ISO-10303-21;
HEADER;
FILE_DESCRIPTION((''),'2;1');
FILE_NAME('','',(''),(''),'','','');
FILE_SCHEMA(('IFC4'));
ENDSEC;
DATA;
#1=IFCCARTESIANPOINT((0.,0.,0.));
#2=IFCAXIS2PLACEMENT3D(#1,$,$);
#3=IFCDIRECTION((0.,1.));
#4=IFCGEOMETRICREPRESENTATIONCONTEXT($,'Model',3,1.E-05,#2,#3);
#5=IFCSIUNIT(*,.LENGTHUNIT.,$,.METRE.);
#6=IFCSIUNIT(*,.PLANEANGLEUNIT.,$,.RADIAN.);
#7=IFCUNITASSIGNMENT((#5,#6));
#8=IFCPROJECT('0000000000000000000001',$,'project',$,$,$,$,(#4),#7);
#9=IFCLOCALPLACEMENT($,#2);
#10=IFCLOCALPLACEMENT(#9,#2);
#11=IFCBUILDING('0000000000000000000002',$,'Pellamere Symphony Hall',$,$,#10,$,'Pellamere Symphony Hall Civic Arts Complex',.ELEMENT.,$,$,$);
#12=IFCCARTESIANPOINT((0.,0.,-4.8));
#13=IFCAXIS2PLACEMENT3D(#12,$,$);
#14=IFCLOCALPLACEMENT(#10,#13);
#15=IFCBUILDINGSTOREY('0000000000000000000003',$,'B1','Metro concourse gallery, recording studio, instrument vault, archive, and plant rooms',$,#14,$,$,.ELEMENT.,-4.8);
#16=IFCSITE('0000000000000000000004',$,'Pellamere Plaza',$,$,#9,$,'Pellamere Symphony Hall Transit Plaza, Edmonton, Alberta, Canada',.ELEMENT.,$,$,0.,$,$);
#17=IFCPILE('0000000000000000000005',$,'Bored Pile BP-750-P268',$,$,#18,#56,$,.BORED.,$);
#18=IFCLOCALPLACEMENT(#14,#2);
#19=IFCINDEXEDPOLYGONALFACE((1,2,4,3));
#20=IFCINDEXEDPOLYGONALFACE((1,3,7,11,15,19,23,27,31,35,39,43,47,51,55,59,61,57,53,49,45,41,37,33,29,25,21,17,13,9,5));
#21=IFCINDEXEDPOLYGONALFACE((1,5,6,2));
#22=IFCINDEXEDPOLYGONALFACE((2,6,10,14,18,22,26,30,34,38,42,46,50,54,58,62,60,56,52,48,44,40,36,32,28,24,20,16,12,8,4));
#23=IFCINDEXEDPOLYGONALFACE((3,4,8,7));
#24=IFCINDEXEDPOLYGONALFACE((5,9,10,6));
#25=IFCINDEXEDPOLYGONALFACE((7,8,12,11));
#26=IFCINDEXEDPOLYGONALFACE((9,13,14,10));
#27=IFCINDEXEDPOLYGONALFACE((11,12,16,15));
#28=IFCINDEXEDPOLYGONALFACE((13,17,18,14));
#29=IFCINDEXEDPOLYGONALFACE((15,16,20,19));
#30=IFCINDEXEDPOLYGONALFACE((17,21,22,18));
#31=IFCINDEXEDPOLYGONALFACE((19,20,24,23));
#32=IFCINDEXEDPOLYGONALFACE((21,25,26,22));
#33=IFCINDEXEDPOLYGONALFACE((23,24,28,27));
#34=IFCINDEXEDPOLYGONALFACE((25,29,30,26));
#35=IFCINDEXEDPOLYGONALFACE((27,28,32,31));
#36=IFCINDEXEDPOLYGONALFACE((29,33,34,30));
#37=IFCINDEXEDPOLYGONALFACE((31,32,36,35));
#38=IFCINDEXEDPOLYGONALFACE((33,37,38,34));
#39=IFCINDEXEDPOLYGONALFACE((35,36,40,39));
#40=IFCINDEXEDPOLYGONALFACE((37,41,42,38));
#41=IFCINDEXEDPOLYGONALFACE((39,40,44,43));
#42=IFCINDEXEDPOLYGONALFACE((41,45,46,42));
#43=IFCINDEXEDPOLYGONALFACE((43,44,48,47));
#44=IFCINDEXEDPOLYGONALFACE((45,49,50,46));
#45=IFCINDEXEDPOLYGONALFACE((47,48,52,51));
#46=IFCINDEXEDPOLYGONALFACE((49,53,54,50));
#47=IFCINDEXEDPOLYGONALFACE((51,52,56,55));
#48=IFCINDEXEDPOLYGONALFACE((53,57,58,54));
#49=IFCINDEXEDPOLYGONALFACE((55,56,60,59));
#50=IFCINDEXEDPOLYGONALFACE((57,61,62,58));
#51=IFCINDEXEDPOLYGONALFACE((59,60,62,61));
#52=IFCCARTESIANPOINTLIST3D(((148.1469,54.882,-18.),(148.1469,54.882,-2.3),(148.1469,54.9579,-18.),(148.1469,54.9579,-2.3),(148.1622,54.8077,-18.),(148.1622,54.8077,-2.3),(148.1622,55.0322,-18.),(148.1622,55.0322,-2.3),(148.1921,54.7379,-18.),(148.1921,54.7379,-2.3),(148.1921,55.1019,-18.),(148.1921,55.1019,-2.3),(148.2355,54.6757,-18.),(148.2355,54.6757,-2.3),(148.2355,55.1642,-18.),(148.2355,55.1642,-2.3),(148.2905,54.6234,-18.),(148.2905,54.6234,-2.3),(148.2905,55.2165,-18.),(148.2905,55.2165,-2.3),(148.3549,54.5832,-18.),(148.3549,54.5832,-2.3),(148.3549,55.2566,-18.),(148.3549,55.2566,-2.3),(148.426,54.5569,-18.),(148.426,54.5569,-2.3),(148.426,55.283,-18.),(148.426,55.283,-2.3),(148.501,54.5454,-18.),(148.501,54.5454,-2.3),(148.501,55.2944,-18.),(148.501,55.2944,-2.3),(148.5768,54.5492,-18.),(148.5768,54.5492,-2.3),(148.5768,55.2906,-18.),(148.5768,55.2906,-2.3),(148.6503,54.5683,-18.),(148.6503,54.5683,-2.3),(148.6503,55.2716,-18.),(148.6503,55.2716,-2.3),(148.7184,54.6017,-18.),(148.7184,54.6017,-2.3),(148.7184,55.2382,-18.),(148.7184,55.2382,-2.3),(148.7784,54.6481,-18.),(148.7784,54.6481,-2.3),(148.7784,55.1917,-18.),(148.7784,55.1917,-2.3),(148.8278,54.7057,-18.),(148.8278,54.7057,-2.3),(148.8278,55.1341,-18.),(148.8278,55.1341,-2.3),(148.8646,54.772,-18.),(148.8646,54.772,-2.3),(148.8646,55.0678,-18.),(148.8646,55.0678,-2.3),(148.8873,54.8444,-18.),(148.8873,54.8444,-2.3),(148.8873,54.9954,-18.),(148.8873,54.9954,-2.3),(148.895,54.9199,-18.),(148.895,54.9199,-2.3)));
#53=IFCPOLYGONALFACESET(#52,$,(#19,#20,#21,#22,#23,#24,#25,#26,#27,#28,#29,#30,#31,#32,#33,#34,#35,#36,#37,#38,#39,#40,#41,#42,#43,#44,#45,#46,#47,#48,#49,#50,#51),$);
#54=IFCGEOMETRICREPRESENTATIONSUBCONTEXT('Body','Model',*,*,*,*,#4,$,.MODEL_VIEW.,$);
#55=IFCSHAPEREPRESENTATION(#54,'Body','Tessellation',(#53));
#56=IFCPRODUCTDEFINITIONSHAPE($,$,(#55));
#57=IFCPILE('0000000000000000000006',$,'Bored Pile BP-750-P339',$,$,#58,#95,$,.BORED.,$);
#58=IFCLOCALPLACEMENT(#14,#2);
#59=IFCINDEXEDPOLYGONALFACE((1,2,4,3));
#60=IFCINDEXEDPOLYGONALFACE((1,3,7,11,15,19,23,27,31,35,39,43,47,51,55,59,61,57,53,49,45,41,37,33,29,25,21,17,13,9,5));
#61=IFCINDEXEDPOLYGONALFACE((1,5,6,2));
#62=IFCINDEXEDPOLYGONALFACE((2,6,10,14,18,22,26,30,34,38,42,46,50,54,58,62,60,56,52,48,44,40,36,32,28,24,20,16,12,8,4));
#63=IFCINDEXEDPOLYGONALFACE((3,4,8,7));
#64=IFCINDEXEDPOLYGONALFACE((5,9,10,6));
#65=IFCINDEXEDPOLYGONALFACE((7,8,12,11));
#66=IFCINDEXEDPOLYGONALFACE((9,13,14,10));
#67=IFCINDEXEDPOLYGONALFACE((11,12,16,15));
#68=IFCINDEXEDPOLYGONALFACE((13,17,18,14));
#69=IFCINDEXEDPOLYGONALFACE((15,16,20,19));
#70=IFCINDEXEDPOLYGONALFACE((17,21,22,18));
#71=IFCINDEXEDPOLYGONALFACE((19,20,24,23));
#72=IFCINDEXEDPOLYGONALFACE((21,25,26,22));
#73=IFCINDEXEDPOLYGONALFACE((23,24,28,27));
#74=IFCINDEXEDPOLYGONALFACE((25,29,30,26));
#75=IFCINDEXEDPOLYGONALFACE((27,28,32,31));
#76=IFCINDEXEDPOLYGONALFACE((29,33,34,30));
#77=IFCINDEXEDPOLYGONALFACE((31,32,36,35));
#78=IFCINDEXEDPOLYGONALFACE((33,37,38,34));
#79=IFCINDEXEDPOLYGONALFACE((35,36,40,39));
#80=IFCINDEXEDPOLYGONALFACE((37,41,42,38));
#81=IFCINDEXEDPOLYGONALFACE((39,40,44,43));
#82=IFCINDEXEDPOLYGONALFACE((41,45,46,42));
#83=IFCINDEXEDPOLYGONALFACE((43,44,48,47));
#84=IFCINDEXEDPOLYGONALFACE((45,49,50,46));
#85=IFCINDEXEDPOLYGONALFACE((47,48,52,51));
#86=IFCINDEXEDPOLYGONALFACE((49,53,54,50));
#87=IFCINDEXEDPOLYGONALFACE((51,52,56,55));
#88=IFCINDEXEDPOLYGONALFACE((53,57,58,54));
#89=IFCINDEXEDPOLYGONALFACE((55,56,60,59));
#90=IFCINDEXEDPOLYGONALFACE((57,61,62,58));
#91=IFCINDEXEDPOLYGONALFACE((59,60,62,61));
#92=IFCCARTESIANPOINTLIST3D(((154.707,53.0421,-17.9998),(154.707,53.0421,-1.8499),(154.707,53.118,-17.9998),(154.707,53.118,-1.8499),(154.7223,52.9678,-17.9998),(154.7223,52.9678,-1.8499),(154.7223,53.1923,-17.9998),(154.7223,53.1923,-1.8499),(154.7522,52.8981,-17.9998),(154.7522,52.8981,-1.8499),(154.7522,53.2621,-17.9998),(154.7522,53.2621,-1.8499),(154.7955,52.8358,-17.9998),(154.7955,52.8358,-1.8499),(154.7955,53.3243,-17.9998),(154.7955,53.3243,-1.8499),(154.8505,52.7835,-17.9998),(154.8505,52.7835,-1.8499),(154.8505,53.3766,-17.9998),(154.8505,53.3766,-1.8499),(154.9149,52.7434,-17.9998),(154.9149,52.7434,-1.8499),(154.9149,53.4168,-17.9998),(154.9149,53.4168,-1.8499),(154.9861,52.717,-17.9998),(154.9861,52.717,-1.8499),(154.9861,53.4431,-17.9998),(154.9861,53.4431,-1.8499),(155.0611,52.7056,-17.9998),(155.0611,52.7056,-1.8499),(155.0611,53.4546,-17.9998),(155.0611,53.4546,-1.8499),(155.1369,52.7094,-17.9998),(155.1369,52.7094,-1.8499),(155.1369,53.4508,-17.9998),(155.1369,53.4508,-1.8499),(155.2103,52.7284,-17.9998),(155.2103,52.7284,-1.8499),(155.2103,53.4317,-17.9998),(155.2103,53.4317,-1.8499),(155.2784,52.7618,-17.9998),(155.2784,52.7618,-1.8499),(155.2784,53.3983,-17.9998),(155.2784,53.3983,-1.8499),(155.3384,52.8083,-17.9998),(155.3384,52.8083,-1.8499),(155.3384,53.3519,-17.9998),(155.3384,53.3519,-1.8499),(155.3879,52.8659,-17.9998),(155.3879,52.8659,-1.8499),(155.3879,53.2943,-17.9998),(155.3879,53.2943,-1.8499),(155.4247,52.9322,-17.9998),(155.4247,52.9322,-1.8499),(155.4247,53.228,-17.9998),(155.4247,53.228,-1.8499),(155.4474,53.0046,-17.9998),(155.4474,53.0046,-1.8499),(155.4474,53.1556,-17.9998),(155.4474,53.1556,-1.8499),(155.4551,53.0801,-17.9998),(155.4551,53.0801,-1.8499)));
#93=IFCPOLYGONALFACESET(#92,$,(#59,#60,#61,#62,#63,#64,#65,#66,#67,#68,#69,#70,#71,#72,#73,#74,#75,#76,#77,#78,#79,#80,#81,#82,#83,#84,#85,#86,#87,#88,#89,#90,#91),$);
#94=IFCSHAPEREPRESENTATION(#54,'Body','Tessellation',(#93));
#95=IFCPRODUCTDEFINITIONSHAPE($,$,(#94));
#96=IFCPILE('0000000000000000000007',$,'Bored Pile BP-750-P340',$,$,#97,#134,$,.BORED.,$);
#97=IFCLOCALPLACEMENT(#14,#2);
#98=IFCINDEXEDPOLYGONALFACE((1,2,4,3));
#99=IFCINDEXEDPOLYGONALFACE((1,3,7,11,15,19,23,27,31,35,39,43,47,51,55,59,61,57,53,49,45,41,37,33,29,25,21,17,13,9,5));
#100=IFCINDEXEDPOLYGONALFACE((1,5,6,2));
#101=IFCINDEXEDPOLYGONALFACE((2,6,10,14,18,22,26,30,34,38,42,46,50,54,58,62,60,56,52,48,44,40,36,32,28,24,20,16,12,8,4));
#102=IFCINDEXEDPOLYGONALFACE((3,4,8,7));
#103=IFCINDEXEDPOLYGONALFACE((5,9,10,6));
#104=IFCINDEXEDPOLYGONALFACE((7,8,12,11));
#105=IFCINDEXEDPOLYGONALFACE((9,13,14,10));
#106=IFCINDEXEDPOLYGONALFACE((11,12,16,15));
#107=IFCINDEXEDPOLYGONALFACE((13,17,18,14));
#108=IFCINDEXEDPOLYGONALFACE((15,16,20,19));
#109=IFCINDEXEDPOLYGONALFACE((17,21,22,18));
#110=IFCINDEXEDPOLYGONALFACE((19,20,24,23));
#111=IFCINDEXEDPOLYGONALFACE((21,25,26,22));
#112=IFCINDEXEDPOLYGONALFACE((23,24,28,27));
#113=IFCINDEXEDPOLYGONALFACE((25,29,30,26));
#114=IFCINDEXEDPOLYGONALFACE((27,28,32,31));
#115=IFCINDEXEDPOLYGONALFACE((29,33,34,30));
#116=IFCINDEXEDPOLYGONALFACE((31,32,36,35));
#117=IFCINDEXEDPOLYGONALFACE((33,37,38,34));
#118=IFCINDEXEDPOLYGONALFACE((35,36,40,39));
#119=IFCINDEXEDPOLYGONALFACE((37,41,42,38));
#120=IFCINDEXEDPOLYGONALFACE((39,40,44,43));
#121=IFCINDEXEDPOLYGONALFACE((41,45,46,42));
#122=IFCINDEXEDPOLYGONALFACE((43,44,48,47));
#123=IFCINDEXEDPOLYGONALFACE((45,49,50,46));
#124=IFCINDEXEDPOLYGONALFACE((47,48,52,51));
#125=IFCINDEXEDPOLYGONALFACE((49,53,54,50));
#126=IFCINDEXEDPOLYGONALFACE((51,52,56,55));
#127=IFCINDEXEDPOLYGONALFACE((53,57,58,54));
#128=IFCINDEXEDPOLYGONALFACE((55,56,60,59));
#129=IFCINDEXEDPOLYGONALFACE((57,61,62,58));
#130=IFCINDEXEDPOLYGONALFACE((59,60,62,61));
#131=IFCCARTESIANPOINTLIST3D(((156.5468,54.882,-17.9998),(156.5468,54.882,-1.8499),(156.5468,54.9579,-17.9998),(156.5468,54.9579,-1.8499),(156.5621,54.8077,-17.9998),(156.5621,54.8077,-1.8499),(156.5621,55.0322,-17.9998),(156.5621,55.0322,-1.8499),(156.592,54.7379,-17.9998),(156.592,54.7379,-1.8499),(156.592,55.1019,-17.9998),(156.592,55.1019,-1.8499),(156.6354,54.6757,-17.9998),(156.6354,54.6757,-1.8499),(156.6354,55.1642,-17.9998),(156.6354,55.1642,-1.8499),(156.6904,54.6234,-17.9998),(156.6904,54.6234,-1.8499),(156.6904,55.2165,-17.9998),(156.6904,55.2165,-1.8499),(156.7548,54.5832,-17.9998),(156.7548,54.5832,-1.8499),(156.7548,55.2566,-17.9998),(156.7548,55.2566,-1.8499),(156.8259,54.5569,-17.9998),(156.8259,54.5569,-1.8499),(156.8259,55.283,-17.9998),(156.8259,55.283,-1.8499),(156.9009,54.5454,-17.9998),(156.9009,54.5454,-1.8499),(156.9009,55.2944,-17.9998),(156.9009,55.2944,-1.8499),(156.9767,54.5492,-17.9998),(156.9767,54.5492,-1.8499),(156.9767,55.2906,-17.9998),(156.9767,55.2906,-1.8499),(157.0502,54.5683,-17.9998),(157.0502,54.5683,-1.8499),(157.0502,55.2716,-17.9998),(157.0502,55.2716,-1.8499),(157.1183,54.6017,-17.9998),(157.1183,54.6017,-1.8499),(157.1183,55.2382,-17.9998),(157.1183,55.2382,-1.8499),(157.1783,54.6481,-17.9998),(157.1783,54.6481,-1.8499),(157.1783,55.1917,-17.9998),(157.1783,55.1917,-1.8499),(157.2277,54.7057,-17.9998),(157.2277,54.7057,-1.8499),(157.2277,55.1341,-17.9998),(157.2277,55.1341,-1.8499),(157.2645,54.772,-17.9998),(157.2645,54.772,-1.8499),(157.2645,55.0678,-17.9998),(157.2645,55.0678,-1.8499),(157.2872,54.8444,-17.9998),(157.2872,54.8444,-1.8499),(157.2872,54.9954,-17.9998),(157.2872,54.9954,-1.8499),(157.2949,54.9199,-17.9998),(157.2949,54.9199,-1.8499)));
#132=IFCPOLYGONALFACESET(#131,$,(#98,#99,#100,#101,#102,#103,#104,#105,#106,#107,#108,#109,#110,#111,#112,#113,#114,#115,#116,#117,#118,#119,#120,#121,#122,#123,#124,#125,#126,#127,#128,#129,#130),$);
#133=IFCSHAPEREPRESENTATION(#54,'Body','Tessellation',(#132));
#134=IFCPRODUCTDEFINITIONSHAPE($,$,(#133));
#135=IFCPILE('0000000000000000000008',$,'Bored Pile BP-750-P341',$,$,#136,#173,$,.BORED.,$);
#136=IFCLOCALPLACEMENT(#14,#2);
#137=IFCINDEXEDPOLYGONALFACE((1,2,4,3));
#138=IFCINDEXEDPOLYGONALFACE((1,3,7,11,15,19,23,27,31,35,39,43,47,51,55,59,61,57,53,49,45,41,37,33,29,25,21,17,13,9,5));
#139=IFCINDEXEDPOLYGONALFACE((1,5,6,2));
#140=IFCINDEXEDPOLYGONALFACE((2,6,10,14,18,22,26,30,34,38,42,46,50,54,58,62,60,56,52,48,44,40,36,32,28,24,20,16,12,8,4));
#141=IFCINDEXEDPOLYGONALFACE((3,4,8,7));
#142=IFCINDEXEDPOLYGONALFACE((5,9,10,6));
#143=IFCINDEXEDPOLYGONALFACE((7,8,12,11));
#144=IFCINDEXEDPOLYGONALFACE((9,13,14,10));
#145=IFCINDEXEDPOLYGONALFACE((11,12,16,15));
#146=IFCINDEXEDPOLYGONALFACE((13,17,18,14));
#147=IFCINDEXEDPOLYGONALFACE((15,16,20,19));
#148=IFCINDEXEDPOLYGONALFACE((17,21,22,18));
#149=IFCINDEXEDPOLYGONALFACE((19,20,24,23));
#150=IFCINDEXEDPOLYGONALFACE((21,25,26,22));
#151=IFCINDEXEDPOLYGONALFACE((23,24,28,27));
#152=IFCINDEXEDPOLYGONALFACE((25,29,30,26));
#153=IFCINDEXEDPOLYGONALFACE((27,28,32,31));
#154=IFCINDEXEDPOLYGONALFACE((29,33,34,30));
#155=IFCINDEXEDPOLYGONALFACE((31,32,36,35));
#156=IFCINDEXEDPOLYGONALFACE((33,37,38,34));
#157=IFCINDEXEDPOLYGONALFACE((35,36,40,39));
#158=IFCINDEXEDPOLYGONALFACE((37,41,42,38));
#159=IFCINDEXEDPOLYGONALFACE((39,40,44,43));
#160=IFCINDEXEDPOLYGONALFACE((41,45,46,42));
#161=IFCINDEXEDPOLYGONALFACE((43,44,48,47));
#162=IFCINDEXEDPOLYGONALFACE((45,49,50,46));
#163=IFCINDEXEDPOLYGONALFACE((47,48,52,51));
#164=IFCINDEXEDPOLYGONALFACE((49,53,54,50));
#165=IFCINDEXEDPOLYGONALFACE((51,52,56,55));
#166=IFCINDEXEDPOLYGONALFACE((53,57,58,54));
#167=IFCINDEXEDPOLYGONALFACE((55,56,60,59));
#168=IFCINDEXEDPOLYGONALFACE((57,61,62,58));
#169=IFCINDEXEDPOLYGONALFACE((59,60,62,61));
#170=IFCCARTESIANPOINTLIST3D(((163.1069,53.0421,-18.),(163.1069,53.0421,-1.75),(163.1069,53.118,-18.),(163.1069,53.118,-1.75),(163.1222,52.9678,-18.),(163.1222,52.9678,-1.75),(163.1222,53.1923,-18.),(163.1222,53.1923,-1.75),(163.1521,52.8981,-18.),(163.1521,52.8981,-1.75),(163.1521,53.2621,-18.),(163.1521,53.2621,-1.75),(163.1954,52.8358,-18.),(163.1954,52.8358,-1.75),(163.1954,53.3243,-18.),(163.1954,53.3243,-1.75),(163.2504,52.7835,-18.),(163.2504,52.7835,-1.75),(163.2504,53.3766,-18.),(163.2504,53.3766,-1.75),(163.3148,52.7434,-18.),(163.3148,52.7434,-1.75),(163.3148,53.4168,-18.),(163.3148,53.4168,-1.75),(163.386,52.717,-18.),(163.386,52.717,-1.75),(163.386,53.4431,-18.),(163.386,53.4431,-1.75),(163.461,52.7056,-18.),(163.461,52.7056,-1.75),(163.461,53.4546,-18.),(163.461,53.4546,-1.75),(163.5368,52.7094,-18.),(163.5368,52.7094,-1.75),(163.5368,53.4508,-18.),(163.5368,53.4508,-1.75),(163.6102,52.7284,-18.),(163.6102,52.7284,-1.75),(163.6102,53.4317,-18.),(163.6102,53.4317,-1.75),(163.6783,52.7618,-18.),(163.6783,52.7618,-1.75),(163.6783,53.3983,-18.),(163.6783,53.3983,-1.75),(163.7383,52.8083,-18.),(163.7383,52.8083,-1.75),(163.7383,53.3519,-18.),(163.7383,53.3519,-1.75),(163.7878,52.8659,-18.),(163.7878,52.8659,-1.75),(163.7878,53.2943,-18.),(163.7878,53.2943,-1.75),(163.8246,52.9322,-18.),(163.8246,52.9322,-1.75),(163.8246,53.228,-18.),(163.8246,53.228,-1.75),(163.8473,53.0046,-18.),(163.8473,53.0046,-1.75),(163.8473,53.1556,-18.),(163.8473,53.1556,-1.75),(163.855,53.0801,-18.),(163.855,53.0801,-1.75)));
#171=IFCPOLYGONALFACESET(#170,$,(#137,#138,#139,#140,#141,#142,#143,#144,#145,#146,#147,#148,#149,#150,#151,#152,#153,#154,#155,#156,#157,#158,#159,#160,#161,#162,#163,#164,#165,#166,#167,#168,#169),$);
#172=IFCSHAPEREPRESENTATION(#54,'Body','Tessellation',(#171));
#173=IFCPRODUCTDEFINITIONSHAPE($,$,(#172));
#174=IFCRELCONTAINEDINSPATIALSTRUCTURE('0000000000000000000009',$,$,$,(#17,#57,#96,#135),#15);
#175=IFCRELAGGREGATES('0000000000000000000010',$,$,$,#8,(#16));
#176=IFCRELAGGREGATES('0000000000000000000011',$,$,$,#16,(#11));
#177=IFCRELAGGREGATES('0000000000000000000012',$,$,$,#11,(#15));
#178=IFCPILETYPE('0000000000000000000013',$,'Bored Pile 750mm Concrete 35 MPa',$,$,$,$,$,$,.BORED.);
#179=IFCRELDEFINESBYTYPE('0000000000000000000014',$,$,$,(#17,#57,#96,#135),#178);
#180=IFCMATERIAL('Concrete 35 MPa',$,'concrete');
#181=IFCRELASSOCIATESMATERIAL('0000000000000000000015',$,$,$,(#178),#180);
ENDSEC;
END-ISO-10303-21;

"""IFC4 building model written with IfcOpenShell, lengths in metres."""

from ifc_helpers import new_model, si_unit, direction, frame, origin, origin_2d, place, context, subcontext, project, spatial, circle, extrude, material, material_profile, profile_set, type_object, element, save


model = new_model("IFC4")

# Units and contexts
model_context = context("Model", 3, precision=1e-05, world=origin(), true_north=direction((0.0, 1.0)))
body_context = subcontext(model_context, "Body", "Model", "MODEL_VIEW")
ifc_project = project(units=[si_unit("LENGTHUNIT", "METRE"), si_unit("PLANEANGLEUNIT", "RADIAN")], contexts=[model_context])

# Site, building, storey
site_placement = place(None, origin())
site = spatial("IfcSite", under=ifc_project, at=site_placement, Name="Pellamere Plaza", LongName="Pellamere Symphony Hall Transit Plaza, Edmonton, Alberta, Canada", CompositionType="ELEMENT", RefElevation=0.0)
building_placement = place(site_placement, origin())
building = spatial("IfcBuilding", under=site, at=building_placement, Name="Pellamere Symphony Hall", LongName="Pellamere Symphony Hall Civic Arts Complex", CompositionType="ELEMENT")
storey_placement = place(building_placement, frame((0.0, 0.0, -4.8)))
storey = spatial("IfcBuildingStorey", under=building, at=storey_placement, Name="B1", Description="Metro concourse gallery, recording studio, instrument vault, archive, and plant rooms", CompositionType="ELEMENT", Elevation=-4.8)

# Piles
ifc_material_1 = material(Name="Concrete 35 MPa", Category="concrete")
ifc_material_profile_1 = material_profile(ifc_material_1, circle(Radius=0.375, at=origin_2d()), Name="PILE D750")
ifc_profile_set_1 = profile_set([ifc_material_profile_1], Name="Concrete 35 MPa")
pile_type = type_object("IfcPileType", Name="Bored Pile 750mm Concrete 35 MPa", PredefinedType="BORED", material=ifc_profile_set_1)
pile_1_placement = place(storey_placement, frame((148.52, 54.9199, -2.3), z_axis=(0.0, 0.0, -1.0), x_axis=(1.0, 0.0, 0.0)))
element("IfcPile", 1, at=pile_1_placement, inside=storey, type_object=pile_type, Name="Bored Pile BP-750-P268", PredefinedType="BORED", context=body_context, shape_type="SweptSolid", body=[
    extrude(circle(Radius=0.375, at=origin_2d()), origin(), (0.0, 0.0, 1.0), 15.7),
])
for number, where, z_axis, x_axis, name in (
    (2, (155.0801, 53.0801, -1.8499), (0.0, 0.0, -1.0), (1.0, 0.0, 0.0), "Bored Pile BP-750-P339"),
    (3, (156.9199, 54.9199, -1.8499), (0.0, 0.0, -1.0), (1.0, 0.0, 0.0), "Bored Pile BP-750-P340"),
):
    element("IfcPile", number, at=place(storey_placement, frame(where, z_axis=z_axis, x_axis=x_axis)), inside=storey, type_object=pile_type, Name=name, PredefinedType="BORED", context=body_context, shape_type="SweptSolid", body=[
        extrude(circle(Radius=0.375, at=origin_2d()), origin(), (0.0, 0.0, 1.0), 16.1499),
    ])
pile_2_placement = place(storey_placement, frame((163.48, 53.0801, -1.75), z_axis=(0.0, 0.0, -1.0), x_axis=(1.0, 0.0, 0.0)))
element("IfcPile", 4, at=pile_2_placement, inside=storey, type_object=pile_type, Name="Bored Pile BP-750-P341", PredefinedType="BORED", context=body_context, shape_type="SweptSolid", body=[
    extrude(circle(Radius=0.375, at=origin_2d()), origin(), (0.0, 0.0, 1.0), 16.25),
])

save(model, "model.ifc")
